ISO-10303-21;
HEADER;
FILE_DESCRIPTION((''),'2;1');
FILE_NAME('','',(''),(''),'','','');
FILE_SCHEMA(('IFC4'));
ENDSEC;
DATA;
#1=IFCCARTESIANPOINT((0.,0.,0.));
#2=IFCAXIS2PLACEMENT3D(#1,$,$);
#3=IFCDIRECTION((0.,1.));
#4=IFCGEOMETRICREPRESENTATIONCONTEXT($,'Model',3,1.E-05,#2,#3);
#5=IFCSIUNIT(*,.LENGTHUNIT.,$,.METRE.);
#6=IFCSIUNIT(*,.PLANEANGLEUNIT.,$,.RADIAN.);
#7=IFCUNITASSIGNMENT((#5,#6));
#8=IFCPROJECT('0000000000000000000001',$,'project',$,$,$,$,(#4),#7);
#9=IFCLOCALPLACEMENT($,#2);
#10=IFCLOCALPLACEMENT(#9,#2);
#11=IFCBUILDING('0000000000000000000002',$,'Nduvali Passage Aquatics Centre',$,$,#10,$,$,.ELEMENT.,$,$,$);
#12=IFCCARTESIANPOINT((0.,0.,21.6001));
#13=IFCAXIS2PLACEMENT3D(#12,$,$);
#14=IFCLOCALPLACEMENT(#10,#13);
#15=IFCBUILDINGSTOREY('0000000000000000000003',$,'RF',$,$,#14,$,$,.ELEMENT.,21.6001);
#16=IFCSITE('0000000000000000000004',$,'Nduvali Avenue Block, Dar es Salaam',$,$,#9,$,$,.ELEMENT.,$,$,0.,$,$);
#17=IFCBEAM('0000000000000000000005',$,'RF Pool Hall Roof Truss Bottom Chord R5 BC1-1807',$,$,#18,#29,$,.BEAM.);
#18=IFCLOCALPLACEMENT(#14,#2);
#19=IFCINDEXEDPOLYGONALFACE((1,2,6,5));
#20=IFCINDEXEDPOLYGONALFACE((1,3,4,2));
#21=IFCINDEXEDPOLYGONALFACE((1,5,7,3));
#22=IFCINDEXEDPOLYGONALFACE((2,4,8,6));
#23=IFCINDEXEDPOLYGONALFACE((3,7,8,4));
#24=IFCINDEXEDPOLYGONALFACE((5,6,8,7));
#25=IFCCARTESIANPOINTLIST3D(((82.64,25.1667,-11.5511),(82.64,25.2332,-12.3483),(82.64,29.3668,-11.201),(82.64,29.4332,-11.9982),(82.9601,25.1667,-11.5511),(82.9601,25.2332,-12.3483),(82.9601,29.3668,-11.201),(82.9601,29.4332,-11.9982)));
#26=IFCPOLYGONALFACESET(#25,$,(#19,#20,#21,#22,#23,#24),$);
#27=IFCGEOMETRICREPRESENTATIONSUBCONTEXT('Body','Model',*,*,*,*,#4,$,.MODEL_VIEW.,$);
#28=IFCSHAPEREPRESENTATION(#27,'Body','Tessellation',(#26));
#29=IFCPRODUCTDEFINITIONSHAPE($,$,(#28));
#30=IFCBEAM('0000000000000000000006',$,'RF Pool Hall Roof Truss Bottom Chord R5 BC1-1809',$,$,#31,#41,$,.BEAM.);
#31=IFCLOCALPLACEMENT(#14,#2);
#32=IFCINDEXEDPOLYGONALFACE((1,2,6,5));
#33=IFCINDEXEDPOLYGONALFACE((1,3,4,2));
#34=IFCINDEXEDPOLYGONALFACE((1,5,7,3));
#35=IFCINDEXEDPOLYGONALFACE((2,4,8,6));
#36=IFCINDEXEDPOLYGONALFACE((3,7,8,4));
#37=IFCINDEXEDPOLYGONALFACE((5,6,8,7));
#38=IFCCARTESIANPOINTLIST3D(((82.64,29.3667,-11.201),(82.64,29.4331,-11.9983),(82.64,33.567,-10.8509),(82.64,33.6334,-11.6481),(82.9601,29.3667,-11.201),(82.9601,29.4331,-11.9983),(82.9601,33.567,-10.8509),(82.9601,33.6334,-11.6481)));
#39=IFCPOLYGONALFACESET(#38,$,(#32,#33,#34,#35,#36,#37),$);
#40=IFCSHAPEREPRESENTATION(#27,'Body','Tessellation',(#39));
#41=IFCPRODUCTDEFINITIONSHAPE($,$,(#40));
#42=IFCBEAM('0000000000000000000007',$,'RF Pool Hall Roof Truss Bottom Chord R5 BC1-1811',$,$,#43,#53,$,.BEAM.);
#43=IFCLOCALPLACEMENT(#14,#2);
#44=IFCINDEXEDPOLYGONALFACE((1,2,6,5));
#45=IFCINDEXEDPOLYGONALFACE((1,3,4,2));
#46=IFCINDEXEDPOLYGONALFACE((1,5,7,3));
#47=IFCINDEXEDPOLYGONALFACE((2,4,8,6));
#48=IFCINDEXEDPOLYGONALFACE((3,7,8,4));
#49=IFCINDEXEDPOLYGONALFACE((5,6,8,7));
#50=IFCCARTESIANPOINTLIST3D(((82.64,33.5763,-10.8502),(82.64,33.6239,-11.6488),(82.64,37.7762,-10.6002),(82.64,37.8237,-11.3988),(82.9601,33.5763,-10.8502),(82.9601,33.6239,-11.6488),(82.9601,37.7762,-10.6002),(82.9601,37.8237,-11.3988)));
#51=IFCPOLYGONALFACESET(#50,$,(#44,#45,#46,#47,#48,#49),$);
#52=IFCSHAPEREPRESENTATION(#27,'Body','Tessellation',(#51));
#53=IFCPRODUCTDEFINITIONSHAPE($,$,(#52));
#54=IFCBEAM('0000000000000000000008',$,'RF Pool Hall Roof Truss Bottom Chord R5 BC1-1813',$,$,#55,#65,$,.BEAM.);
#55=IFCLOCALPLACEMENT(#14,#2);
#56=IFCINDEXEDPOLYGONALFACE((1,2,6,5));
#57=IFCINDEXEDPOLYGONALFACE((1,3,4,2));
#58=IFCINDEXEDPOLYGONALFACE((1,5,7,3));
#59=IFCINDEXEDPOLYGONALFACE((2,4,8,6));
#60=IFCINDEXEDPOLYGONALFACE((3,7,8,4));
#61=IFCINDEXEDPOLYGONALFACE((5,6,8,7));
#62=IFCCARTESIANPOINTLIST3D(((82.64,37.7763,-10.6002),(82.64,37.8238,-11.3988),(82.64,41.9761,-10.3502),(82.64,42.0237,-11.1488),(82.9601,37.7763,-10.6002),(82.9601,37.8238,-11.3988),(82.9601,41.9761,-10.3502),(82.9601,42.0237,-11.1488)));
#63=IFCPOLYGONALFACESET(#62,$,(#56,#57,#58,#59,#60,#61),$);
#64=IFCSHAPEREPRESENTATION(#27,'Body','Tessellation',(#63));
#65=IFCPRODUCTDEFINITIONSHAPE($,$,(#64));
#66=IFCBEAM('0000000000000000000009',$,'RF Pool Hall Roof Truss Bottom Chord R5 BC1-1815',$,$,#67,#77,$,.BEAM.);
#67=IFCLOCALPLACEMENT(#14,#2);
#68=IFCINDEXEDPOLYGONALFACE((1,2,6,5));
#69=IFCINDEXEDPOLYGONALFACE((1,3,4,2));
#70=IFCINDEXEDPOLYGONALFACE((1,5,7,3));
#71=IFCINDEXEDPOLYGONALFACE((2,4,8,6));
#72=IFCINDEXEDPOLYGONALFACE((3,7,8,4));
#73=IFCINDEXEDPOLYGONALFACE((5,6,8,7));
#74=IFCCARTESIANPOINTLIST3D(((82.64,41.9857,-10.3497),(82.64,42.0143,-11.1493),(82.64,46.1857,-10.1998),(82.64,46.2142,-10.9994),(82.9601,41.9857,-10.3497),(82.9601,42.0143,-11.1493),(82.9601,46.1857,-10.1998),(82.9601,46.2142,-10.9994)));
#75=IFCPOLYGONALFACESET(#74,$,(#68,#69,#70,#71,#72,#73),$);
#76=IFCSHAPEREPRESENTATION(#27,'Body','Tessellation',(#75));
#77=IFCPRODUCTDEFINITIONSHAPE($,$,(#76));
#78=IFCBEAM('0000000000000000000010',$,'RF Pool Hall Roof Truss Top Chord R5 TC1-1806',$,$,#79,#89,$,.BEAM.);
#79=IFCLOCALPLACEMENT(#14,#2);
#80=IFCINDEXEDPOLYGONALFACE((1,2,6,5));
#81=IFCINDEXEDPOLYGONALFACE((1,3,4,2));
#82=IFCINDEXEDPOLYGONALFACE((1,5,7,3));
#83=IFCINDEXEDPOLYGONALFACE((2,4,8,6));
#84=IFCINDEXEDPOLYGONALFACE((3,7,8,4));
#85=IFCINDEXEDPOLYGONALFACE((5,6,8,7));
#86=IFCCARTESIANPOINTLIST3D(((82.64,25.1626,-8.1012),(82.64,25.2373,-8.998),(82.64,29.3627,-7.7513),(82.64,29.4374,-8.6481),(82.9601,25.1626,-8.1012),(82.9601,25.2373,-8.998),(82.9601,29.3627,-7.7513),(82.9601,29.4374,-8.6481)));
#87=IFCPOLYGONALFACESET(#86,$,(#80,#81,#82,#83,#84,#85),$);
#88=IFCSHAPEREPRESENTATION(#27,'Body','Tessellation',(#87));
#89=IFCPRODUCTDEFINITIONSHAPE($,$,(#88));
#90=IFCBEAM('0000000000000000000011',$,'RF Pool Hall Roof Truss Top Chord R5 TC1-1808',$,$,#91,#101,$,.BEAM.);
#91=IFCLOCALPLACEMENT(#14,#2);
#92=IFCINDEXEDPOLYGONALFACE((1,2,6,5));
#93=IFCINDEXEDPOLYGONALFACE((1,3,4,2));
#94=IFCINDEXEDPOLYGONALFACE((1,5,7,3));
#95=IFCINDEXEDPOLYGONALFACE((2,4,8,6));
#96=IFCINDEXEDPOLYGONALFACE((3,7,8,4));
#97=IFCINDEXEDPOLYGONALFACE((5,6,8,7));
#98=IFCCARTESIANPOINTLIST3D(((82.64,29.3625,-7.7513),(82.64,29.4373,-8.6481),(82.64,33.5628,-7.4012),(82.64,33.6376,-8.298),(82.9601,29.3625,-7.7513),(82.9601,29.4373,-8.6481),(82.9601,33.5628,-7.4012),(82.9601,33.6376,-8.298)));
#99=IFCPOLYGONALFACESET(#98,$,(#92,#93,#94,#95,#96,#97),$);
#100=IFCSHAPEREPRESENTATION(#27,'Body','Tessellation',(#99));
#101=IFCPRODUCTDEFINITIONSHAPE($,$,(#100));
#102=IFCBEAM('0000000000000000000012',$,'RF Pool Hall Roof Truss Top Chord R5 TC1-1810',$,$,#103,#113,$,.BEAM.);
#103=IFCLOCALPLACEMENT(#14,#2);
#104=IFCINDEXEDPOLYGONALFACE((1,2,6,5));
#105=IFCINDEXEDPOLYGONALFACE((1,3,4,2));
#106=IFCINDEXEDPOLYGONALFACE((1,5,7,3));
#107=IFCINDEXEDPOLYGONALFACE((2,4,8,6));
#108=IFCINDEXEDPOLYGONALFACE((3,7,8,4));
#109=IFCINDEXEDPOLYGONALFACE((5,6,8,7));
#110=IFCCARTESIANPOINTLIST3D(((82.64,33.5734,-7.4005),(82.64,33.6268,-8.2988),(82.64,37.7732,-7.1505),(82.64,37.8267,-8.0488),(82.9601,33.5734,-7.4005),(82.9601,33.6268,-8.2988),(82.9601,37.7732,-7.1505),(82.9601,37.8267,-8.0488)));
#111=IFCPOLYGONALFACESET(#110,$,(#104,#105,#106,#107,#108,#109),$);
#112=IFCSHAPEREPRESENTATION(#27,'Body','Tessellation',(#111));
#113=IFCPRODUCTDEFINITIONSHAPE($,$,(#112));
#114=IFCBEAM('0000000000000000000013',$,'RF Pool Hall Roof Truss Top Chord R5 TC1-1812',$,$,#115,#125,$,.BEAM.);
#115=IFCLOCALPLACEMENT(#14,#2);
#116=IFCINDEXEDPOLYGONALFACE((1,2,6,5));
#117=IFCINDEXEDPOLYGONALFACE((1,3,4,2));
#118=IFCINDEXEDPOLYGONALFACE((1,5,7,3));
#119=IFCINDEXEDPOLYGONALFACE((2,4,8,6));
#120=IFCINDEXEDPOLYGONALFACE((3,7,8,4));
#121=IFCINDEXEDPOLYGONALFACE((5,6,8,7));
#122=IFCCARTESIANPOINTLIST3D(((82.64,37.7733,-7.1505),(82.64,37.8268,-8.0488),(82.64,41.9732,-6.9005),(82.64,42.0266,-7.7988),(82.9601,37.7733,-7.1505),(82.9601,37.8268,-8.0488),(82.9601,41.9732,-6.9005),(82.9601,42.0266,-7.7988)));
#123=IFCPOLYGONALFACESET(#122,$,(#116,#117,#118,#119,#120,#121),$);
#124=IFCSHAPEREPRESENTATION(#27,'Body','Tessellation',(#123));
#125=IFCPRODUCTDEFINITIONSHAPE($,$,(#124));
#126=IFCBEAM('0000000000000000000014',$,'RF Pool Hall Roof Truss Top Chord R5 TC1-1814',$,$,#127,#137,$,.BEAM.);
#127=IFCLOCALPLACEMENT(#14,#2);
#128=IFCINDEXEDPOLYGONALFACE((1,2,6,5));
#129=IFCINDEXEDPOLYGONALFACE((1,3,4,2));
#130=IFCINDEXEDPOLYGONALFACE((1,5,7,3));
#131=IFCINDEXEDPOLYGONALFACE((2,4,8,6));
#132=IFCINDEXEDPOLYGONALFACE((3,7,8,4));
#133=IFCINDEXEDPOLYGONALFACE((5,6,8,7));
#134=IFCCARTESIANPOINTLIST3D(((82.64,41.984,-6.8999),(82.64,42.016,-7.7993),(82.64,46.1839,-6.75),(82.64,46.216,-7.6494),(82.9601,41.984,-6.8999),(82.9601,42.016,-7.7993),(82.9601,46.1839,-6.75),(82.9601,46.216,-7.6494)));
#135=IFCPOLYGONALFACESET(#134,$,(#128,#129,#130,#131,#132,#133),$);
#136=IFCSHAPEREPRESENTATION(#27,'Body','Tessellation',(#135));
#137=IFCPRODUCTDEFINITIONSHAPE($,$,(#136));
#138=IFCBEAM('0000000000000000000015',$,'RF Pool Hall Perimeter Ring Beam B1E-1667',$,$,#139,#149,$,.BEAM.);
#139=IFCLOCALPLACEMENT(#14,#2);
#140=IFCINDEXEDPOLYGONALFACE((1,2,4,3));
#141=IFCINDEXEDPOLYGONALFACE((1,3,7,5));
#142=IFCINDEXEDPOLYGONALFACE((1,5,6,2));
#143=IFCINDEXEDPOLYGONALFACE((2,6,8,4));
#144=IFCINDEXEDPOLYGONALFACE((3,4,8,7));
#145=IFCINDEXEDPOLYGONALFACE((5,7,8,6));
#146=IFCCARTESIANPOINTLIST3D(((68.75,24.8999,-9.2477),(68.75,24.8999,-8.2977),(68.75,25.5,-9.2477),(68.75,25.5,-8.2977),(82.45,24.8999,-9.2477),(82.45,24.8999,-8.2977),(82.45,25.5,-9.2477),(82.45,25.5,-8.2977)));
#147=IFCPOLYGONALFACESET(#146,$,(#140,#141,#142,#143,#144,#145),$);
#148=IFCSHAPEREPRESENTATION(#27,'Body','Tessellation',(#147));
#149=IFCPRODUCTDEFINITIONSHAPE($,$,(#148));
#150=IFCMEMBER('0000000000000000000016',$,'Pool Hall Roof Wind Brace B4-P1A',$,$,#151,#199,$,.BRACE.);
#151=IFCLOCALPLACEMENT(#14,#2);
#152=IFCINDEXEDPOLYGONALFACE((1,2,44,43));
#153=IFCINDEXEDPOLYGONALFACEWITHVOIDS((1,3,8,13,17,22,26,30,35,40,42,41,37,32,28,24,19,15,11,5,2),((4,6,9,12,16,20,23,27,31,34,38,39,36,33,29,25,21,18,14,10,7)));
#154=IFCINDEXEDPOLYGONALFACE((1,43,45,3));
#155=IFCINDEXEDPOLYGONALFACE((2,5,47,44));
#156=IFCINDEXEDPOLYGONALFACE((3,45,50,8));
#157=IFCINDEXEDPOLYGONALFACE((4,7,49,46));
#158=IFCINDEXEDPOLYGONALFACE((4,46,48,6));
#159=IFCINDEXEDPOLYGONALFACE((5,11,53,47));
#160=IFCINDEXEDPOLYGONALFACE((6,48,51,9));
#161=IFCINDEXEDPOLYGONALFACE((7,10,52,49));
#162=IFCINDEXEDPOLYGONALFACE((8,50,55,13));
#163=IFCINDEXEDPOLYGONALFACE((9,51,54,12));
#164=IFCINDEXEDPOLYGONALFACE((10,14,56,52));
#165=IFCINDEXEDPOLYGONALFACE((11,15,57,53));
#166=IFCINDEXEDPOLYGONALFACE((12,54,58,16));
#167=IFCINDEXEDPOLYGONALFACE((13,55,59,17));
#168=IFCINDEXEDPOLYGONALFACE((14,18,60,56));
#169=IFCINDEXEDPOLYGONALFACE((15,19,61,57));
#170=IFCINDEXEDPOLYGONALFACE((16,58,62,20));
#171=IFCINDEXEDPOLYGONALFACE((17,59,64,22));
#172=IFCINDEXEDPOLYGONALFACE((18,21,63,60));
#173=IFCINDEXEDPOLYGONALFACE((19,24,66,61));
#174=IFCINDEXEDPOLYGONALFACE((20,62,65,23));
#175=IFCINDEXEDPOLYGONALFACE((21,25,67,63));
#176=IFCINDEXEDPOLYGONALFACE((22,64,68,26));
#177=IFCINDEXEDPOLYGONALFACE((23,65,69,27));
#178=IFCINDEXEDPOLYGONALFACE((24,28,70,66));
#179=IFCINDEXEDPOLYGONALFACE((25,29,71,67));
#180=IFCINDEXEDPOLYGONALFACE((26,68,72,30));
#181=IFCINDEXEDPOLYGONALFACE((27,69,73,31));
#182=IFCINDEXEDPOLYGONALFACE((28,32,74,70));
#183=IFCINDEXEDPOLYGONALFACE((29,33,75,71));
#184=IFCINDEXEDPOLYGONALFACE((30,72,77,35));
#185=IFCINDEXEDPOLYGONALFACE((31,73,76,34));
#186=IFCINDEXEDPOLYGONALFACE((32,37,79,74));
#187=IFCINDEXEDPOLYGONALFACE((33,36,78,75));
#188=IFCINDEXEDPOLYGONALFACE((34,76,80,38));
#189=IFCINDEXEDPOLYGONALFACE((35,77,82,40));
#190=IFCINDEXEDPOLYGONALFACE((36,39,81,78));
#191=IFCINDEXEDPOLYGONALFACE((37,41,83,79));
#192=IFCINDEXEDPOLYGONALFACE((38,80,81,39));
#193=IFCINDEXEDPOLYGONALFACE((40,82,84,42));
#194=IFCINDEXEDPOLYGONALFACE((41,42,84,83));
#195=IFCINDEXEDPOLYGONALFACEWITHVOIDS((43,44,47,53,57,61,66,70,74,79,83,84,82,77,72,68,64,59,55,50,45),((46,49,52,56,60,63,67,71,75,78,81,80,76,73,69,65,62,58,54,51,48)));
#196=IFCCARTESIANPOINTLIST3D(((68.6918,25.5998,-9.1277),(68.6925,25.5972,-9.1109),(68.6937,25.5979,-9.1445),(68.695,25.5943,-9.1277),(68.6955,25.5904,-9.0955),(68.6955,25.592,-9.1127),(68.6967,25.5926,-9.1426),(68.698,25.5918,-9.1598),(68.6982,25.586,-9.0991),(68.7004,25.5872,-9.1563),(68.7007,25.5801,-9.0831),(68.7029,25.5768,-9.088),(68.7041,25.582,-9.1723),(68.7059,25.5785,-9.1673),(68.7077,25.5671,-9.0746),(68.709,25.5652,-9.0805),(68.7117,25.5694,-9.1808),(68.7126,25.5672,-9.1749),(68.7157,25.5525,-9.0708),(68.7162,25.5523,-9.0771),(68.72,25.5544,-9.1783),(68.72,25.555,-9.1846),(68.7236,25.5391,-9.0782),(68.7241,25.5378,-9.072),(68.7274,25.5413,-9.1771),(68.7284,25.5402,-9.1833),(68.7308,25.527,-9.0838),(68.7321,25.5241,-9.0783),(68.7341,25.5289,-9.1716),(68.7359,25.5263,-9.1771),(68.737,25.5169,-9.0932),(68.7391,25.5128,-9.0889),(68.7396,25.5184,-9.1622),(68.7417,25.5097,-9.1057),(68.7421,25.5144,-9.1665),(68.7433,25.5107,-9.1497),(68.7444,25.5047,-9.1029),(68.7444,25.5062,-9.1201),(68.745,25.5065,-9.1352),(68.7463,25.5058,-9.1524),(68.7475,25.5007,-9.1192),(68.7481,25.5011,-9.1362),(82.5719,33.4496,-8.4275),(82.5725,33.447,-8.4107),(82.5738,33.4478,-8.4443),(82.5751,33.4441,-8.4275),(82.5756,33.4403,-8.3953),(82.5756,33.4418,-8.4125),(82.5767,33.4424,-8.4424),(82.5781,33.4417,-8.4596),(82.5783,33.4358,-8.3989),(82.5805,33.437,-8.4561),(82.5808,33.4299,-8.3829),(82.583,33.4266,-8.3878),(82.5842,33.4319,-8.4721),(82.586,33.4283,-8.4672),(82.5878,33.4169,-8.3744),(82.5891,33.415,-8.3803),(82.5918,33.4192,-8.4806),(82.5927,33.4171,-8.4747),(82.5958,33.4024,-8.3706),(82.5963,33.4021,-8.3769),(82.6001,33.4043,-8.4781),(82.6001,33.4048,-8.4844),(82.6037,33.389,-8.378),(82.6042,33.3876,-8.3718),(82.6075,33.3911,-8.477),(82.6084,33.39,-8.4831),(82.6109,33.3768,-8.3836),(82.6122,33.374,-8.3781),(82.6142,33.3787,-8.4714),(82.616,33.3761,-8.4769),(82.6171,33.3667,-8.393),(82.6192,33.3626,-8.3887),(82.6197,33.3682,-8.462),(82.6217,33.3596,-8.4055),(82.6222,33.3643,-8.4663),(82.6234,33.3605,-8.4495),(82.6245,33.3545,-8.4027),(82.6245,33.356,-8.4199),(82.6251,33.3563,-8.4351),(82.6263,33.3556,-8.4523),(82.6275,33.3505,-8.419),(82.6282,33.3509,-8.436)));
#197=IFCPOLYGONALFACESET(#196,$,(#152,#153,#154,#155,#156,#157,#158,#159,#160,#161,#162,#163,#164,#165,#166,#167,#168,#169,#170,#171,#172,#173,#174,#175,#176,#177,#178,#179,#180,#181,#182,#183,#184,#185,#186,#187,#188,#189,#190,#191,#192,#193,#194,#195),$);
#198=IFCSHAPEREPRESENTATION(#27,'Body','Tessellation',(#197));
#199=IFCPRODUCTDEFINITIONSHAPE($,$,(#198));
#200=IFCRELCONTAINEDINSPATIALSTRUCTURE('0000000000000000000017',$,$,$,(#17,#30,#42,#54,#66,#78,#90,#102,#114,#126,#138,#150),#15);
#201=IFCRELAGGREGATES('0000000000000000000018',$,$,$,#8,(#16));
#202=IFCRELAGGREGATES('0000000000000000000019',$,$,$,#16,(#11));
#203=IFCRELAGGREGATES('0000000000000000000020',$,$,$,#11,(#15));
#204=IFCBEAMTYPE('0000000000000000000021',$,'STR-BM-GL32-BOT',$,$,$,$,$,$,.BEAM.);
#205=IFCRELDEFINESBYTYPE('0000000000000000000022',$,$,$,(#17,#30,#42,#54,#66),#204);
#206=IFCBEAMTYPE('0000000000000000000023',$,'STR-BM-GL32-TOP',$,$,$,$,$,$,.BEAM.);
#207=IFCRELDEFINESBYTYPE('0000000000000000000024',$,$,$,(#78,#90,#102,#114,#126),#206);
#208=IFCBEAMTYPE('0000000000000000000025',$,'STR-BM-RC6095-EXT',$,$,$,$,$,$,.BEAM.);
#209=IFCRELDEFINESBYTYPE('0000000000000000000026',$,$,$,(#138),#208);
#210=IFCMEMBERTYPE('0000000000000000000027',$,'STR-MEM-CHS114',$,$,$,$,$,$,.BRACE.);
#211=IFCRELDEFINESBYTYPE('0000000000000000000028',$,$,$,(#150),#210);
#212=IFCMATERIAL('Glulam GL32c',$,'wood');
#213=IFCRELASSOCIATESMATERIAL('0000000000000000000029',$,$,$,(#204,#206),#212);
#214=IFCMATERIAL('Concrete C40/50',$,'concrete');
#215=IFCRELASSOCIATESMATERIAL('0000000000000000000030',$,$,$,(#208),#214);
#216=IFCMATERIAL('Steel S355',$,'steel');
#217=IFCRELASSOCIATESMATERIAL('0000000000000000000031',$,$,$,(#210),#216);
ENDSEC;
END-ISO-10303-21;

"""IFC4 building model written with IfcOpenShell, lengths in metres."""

from ifc_helpers import new_model, si_unit, direction, frame, origin, origin_2d, place, context, subcontext, project, spatial, rectangle, hollow_circle, extrude, material, material_profile, profile_set, type_object, element, save


model = new_model("IFC4")

# Units and contexts
model_context = context("Model", 3, precision=1e-05, world=origin(), true_north=direction((0.0, 1.0)))
body_context = subcontext(model_context, "Body", "Model", "MODEL_VIEW")
ifc_project = project(units=[si_unit("LENGTHUNIT", "METRE"), si_unit("PLANEANGLEUNIT", "RADIAN")], contexts=[model_context])

# Site, building, storey
site_placement = place(None, origin())
site = spatial("IfcSite", under=ifc_project, at=site_placement, Name="Nduvali Avenue Block, Dar es Salaam", CompositionType="ELEMENT", RefElevation=0.0)
building_placement = place(site_placement, origin())
building = spatial("IfcBuilding", under=site, at=building_placement, Name="Nduvali Passage Aquatics Centre", CompositionType="ELEMENT")
storey_placement = place(building_placement, frame((0.0, 0.0, 21.6001)))
storey = spatial("IfcBuildingStorey", under=building, at=storey_placement, Name="RF", CompositionType="ELEMENT", Elevation=21.6001)

# Beams
ifc_material_1 = material(Name="Glulam GL32c", Category="wood")
ifc_material_profile_1 = material_profile(ifc_material_1, rectangle(XDim=0.3201, YDim=0.8, at=origin_2d()), Name="GL32c 320x800")
ifc_profile_set_1 = profile_set([ifc_material_profile_1], Name="Glulam GL32c")
beam_type_1 = type_object("IfcBeamType", Name="STR-BM-GL32-BOT", PredefinedType="BEAM", material=ifc_profile_set_1)
beam_1_placement = place(storey_placement, frame((82.8, 25.2, -11.9497), z_axis=(0.0, 0.996544, 0.083069), x_axis=(-1.0, 0.0, 0.0)))
element("IfcBeam", 1, at=beam_1_placement, inside=storey, type_object=beam_type_1, Name="RF Pool Hall Roof Truss Bottom Chord R5 BC1-1807", PredefinedType="BEAM", context=body_context, shape_type="SweptSolid", body=[
    extrude(rectangle(XDim=0.3201, YDim=0.8, at=origin_2d()), origin(), (0.0, 0.0, 1.0), 4.2146),
])
beam_2_placement = place(storey_placement, frame((82.8, 29.3999, -11.5996), z_axis=(0.0, 0.996544, 0.083065), x_axis=(-1.0, 0.0, 0.0)))
element("IfcBeam", 2, at=beam_2_placement, inside=storey, type_object=beam_type_1, Name="RF Pool Hall Roof Truss Bottom Chord R5 BC1-1809", PredefinedType="BEAM", context=body_context, shape_type="SweptSolid", body=[
    extrude(rectangle(XDim=0.3201, YDim=0.8, at=origin_2d()), origin(), (0.0, 0.0, 1.0), 4.2148),
])
for number, where, z_axis, x_axis, name in (
    (3, (82.8, 33.6001, -11.2495), (0.0, 0.998233, 0.059419), (-1.0, 0.0, 0.0), "RF Pool Hall Roof Truss Bottom Chord R5 BC1-1811"),
    (4, (82.8, 37.8, -10.9995), (0.0, 0.998233, 0.059419), (-1.0, 0.0, 0.0), "RF Pool Hall Roof Truss Bottom Chord R5 BC1-1813"),
):
    element("IfcBeam", number, at=place(storey_placement, frame(where, z_axis=z_axis, x_axis=x_axis)), inside=storey, type_object=beam_type_1, Name=name, PredefinedType="BEAM", context=body_context, shape_type="SweptSolid", body=[
        extrude(rectangle(XDim=0.3201, YDim=0.8, at=origin_2d()), origin(), (0.0, 0.0, 1.0), 4.2073),
    ])
beam_3_placement = place(storey_placement, frame((82.8, 42.0, -10.7495), z_axis=(0.0, 0.999364, 0.035669), x_axis=(-1.0, 0.0, 0.0)))
element("IfcBeam", 5, at=beam_3_placement, inside=storey, type_object=beam_type_1, Name="RF Pool Hall Roof Truss Bottom Chord R5 BC1-1815", PredefinedType="BEAM", context=body_context, shape_type="SweptSolid", body=[
    extrude(rectangle(XDim=0.3201, YDim=0.8, at=origin_2d()), origin(), (0.0, 0.0, 1.0), 4.2026),
])
ifc_material_profile_2 = material_profile(ifc_material_1, rectangle(XDim=0.3201, YDim=0.8999, at=origin_2d()), Name="GL32c 320x900")
ifc_profile_set_2 = profile_set([ifc_material_profile_2], Name="Glulam GL32c")
beam_type_2 = type_object("IfcBeamType", Name="STR-BM-GL32-TOP", PredefinedType="BEAM", material=ifc_profile_set_2)
beam_4_placement = place(storey_placement, frame((82.8, 25.2, -8.5496), z_axis=(0.0, 0.996549, 0.083012), x_axis=(-1.0, 0.0, 0.0)))
element("IfcBeam", 6, at=beam_4_placement, inside=storey, type_object=beam_type_2, Name="RF Pool Hall Roof Truss Top Chord R5 TC1-1806", PredefinedType="BEAM", context=body_context, shape_type="SweptSolid", body=[
    extrude(rectangle(XDim=0.3201, YDim=0.8999, at=origin_2d()), origin(), (0.0, 0.0, 1.0), 4.2146),
])
beam_5_placement = place(storey_placement, frame((82.8, 29.3999, -8.1997), z_axis=(0.0, 0.996544, 0.083065), x_axis=(-1.0, 0.0, 0.0)))
element("IfcBeam", 7, at=beam_5_placement, inside=storey, type_object=beam_type_2, Name="RF Pool Hall Roof Truss Top Chord R5 TC1-1808", PredefinedType="BEAM", context=body_context, shape_type="SweptSolid", body=[
    extrude(rectangle(XDim=0.3201, YDim=0.8999, at=origin_2d()), origin(), (0.0, 0.0, 1.0), 4.2148),
])
for number, where, z_axis, x_axis, name in (
    (8, (82.8, 33.6001, -7.8496), (0.0, 0.998233, 0.059419), (-1.0, 0.0, 0.0), "RF Pool Hall Roof Truss Top Chord R5 TC1-1810"),
    (9, (82.8, 37.8, -7.5996), (0.0, 0.998233, 0.059419), (-1.0, 0.0, 0.0), "RF Pool Hall Roof Truss Top Chord R5 TC1-1812"),
):
    element("IfcBeam", number, at=place(storey_placement, frame(where, z_axis=z_axis, x_axis=x_axis)), inside=storey, type_object=beam_type_2, Name=name, PredefinedType="BEAM", context=body_context, shape_type="SweptSolid", body=[
        extrude(rectangle(XDim=0.3201, YDim=0.8999, at=origin_2d()), origin(), (0.0, 0.0, 1.0), 4.2073),
    ])
beam_6_placement = place(storey_placement, frame((82.8, 42.0, -7.3496), z_axis=(0.0, 0.999364, 0.035669), x_axis=(-1.0, 0.0, 0.0)))
element("IfcBeam", 10, at=beam_6_placement, inside=storey, type_object=beam_type_2, Name="RF Pool Hall Roof Truss Top Chord R5 TC1-1814", PredefinedType="BEAM", context=body_context, shape_type="SweptSolid", body=[
    extrude(rectangle(XDim=0.3201, YDim=0.8999, at=origin_2d()), origin(), (0.0, 0.0, 1.0), 4.2026),
])
ifc_material_2 = material(Name="Concrete C40/50", Category="concrete")
ifc_material_profile_3 = material_profile(ifc_material_2, rectangle(XDim=0.6001, YDim=0.95, at=origin_2d()), Name="RC 600x950")
ifc_profile_set_3 = profile_set([ifc_material_profile_3], Name="Concrete C40/50")
beam_type_3 = type_object("IfcBeamType", Name="STR-BM-RC6095-EXT", PredefinedType="BEAM", material=ifc_profile_set_3)
beam_7_placement = place(storey_placement, frame((68.75, 25.2, -8.7727), z_axis=(1.0, 0.0, 0.0), x_axis=(0.0, 1.0, 0.0)))
element("IfcBeam", 11, at=beam_7_placement, inside=storey, type_object=beam_type_3, Name="RF Pool Hall Perimeter Ring Beam B1E-1667", PredefinedType="BEAM", context=body_context, shape_type="SweptSolid", body=[
    extrude(rectangle(XDim=0.6001, YDim=0.95, at=origin_2d()), origin(), (0.0, 0.0, 1.0), 13.7),
])

# Member
ifc_material_3 = material(Name="Steel S355", Category="steel")
ifc_material_profile_4 = material_profile(ifc_material_3, hollow_circle(Radius=0.0571, WallThickness=0.0063, at=origin_2d()), Name="CHS 114.3x6.3")
ifc_profile_set_4 = profile_set([ifc_material_profile_4], Name="Steel S355")
member_type_1 = type_object("IfcMemberType", Name="STR-MEM-CHS114", PredefinedType="BRACE", material=ifc_profile_set_4)
member_1_placement = place(storey_placement, frame((68.72, 25.55, -9.1277), z_axis=(0.869602, 0.4918, 0.043868), x_axis=(-0.492274, 0.87044, 0.0)))
element("IfcMember", 12, at=member_1_placement, inside=storey, type_object=member_type_1, Name="Pool Hall Roof Wind Brace B4-P1A", PredefinedType="BRACE", context=body_context, shape_type="SweptSolid", body=[
    extrude(hollow_circle(Radius=0.0571, WallThickness=0.0063, at=origin_2d()), origin(), (0.0, 0.0, 1.0), 15.9614),
])

save(model, "model.ifc")
